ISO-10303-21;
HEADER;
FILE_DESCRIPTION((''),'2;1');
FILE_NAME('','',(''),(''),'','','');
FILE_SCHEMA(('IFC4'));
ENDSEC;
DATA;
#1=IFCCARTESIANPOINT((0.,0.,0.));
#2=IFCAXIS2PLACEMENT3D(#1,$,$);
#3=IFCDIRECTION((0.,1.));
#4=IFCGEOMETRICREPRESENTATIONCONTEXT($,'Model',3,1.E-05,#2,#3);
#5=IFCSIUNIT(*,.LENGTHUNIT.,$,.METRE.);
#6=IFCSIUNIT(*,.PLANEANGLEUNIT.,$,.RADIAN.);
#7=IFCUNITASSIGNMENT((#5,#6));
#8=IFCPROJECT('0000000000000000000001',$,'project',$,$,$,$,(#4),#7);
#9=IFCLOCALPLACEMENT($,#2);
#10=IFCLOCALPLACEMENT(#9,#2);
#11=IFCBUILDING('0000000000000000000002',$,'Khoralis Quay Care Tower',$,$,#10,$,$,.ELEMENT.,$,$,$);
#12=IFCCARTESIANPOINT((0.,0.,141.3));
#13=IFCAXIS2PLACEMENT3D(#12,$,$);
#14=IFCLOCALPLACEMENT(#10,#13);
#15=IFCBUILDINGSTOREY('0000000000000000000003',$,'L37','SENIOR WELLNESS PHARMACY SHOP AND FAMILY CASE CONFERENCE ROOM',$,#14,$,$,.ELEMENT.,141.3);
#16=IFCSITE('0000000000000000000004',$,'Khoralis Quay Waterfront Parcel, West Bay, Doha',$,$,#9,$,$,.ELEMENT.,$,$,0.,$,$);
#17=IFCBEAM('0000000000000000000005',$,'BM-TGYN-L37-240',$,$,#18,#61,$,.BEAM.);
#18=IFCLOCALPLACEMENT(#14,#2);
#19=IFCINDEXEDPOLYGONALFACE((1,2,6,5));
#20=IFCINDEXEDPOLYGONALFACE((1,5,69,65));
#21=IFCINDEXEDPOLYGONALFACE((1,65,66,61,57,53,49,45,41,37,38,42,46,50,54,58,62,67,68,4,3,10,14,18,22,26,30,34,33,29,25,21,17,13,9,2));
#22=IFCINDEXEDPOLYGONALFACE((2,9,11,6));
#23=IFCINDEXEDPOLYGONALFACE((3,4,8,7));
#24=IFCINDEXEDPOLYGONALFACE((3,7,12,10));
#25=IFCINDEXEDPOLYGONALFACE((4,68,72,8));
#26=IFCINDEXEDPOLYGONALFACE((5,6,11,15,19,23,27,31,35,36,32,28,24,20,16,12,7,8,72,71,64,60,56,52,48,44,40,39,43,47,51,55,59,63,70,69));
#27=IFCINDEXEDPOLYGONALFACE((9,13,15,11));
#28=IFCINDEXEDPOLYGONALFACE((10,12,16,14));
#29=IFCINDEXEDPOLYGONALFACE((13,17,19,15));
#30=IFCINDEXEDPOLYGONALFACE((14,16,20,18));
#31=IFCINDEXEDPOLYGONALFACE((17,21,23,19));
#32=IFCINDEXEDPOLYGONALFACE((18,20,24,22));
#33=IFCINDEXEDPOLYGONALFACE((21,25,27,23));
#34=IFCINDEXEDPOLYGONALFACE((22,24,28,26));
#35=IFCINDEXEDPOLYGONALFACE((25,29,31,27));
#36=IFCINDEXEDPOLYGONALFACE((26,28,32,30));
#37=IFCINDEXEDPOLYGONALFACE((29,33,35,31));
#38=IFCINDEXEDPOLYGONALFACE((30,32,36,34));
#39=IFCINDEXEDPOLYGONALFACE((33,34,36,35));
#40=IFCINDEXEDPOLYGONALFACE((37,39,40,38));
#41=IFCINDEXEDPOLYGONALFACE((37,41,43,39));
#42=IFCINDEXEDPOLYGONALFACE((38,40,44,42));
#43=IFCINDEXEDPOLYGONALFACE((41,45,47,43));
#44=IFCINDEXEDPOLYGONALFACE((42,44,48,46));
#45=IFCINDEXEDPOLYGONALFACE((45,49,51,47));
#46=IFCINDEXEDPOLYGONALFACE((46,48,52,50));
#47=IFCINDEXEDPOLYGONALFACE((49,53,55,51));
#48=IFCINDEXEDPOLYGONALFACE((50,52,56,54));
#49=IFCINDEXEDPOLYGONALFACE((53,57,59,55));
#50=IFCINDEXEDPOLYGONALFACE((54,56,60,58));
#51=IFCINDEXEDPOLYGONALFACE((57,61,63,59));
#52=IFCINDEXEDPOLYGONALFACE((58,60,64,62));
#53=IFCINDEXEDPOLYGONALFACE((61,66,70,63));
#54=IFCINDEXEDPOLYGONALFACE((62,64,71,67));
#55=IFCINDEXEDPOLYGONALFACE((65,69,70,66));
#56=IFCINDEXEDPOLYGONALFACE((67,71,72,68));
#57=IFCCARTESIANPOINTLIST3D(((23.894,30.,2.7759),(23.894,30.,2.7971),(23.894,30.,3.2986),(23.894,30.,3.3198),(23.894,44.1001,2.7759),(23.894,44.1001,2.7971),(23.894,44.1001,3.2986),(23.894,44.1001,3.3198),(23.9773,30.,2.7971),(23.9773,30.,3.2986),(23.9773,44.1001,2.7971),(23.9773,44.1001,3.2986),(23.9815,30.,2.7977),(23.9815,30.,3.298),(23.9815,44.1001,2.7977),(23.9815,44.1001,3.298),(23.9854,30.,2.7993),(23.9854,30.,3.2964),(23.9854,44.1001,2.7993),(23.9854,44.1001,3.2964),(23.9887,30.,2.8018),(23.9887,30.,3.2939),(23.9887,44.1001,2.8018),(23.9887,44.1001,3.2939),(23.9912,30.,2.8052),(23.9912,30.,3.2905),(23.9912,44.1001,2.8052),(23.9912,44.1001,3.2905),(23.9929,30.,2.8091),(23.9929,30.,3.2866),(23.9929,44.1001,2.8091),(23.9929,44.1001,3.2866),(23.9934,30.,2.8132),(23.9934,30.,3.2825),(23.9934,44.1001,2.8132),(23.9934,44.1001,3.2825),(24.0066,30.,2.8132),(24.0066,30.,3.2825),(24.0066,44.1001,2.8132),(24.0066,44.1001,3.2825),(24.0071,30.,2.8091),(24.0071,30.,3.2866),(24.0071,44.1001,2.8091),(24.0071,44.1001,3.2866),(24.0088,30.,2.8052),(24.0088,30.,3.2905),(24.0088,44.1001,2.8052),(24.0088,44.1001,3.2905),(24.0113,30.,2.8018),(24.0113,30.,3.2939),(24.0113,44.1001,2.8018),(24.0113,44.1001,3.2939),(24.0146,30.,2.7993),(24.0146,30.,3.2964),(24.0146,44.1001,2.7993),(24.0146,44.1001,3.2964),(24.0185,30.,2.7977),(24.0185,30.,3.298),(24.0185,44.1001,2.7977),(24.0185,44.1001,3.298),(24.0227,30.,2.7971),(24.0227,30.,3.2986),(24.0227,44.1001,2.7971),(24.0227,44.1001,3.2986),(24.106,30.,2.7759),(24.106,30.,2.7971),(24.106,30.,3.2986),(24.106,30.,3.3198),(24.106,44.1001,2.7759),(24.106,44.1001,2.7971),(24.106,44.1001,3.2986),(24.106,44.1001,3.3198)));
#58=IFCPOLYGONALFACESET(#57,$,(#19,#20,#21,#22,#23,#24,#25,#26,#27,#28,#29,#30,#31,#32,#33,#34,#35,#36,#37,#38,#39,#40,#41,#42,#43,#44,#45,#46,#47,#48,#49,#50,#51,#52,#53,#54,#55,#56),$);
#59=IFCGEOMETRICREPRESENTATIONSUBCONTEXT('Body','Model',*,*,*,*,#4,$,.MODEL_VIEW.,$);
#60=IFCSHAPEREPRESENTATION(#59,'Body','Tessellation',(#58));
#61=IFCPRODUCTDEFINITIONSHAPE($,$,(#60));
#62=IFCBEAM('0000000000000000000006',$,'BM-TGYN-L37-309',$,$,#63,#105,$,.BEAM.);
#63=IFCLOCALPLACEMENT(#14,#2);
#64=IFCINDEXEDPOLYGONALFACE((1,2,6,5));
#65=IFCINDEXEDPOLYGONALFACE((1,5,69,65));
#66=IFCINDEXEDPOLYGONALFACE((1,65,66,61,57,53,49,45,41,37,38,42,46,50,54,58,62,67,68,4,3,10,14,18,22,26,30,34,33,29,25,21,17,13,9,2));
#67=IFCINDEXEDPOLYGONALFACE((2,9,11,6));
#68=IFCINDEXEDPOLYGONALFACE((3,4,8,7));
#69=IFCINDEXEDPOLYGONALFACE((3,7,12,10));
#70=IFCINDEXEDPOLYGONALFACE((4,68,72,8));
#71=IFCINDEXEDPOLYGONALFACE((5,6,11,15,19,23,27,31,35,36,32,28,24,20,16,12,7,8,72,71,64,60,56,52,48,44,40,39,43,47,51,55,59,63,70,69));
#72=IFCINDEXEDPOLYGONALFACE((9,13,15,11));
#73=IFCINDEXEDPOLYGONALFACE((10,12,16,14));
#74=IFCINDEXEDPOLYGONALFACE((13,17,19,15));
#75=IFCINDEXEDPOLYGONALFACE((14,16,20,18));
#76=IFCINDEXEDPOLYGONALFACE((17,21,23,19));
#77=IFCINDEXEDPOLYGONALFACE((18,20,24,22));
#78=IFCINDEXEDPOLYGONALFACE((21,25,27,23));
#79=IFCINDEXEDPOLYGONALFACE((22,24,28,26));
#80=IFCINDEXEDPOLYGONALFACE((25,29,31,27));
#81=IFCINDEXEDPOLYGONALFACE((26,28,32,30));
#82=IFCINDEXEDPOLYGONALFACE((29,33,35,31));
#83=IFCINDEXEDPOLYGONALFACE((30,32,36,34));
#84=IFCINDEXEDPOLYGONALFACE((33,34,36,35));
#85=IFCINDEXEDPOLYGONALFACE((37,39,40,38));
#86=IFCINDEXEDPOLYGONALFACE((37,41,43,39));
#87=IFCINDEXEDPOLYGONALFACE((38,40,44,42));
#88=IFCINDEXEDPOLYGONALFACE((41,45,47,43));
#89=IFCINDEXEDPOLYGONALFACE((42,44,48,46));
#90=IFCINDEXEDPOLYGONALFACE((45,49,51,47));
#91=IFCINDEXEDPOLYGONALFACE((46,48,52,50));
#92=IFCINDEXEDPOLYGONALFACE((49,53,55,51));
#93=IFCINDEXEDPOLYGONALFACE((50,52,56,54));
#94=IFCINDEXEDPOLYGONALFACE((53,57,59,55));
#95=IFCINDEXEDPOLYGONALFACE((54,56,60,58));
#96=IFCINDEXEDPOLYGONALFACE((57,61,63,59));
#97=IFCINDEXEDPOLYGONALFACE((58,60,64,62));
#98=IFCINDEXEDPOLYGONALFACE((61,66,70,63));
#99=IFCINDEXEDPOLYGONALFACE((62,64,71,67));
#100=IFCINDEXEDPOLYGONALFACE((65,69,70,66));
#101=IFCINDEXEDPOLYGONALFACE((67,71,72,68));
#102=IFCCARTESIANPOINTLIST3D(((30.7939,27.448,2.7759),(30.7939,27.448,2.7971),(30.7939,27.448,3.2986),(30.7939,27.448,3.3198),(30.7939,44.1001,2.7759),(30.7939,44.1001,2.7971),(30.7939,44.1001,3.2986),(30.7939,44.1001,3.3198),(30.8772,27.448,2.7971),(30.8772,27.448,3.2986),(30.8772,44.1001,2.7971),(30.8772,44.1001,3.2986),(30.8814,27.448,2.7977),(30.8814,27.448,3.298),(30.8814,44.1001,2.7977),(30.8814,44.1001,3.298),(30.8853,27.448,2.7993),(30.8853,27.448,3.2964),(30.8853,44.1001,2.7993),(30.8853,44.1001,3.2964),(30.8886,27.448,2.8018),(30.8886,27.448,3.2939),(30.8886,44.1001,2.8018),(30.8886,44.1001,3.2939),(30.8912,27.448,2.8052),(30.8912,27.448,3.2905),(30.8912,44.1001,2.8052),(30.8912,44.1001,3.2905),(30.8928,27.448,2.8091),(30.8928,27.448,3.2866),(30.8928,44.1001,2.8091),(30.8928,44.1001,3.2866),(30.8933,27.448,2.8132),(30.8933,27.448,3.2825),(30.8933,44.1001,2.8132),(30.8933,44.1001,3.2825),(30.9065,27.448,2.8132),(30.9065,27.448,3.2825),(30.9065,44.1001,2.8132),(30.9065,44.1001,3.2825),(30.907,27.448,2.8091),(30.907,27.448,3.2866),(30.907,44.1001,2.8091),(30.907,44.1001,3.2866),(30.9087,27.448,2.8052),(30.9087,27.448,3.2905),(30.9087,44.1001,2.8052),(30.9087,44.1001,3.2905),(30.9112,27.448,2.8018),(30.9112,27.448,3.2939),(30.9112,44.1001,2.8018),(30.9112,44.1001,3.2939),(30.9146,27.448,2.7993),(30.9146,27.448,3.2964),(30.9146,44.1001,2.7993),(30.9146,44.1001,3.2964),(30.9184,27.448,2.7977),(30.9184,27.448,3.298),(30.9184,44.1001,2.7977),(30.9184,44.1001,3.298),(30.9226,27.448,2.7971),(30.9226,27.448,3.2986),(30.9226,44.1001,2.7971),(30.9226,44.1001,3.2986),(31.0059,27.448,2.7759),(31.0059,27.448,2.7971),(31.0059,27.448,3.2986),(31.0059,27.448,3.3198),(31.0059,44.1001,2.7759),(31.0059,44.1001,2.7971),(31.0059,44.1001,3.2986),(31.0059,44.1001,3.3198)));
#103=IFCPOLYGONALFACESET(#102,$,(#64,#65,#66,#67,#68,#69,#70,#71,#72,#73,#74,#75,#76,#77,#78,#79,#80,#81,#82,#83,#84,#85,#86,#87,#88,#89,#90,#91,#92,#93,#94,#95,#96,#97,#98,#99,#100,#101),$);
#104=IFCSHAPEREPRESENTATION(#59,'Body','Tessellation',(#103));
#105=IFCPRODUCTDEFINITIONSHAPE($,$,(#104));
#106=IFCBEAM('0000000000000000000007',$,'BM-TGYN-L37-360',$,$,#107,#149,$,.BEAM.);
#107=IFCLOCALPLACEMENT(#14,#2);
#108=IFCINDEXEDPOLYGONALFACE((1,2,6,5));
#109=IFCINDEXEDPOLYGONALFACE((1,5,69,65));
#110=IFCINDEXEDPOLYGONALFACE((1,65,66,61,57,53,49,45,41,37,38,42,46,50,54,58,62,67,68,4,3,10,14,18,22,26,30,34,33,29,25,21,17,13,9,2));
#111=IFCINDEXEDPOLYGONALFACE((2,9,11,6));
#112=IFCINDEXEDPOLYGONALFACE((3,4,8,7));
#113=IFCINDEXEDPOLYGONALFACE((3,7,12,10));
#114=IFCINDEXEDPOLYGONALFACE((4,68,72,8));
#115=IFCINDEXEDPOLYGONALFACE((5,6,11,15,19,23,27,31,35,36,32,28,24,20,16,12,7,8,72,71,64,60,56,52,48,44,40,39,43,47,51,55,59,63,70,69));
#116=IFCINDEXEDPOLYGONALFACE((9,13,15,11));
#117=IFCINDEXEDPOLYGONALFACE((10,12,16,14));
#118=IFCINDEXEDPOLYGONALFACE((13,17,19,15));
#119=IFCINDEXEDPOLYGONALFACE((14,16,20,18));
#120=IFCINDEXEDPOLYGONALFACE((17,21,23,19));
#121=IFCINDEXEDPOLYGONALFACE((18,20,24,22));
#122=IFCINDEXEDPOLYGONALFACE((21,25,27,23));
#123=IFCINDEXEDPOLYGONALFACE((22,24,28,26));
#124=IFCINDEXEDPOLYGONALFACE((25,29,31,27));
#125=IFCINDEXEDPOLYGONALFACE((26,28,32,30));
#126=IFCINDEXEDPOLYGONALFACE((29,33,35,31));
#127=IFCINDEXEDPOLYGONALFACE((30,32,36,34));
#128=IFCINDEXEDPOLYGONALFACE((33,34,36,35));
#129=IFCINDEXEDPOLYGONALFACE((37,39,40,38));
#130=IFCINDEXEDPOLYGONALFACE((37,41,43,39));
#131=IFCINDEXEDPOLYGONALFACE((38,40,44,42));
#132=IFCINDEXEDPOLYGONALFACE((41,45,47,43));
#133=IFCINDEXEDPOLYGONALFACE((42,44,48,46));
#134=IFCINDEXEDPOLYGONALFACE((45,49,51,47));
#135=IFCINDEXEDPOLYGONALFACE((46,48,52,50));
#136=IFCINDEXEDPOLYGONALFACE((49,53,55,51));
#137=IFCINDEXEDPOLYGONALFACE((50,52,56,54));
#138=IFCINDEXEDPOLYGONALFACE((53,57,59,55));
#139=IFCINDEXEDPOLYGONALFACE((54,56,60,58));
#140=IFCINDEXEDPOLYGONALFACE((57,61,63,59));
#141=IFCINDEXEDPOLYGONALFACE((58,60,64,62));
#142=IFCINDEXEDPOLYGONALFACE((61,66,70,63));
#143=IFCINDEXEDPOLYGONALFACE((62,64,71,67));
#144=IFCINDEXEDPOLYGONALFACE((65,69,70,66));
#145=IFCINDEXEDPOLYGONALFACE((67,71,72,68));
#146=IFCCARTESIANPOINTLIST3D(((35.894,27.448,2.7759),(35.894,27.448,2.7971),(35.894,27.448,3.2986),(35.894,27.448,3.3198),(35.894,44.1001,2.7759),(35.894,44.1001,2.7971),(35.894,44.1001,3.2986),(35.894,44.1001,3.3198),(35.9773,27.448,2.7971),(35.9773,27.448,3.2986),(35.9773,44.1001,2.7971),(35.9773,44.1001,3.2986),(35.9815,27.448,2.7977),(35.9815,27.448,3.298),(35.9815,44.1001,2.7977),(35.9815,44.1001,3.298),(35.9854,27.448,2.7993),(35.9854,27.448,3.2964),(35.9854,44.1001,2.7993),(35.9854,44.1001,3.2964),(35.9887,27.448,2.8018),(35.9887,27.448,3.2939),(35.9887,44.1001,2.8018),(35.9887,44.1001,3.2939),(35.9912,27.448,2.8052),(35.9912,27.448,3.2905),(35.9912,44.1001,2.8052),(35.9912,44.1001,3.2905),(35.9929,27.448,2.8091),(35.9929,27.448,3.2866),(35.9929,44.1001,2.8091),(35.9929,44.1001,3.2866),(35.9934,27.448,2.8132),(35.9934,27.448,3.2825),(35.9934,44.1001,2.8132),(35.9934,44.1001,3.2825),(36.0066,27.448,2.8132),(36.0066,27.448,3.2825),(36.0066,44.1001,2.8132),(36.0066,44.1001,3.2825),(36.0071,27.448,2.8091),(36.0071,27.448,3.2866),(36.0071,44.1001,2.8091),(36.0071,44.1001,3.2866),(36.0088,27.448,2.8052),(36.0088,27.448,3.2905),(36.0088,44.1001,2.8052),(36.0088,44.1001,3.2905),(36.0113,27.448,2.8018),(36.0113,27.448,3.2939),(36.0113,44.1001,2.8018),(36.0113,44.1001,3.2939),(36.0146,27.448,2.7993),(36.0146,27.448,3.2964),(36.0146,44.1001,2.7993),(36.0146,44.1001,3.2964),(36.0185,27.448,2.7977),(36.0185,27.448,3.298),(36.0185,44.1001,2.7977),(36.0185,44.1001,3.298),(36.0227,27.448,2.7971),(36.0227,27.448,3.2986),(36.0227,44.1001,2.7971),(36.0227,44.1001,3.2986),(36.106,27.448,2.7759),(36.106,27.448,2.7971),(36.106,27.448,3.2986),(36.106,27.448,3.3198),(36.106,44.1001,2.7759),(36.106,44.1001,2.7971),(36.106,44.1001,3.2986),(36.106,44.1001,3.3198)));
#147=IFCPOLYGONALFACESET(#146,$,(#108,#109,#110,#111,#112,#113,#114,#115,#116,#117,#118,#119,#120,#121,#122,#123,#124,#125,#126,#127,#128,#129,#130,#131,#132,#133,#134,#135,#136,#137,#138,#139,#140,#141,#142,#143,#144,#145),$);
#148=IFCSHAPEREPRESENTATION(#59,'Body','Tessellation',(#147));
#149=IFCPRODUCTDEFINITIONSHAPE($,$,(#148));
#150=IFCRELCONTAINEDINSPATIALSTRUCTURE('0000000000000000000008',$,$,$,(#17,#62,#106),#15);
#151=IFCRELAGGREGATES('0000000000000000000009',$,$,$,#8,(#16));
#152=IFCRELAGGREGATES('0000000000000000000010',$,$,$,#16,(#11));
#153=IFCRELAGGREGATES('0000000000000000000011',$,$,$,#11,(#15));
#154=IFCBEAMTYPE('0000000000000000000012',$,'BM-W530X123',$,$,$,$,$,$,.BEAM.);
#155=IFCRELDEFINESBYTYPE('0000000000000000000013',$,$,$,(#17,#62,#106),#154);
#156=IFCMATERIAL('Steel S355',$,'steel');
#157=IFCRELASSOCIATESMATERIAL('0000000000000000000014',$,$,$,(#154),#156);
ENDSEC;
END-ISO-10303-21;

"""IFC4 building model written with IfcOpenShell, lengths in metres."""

from ifc_helpers import new_model, si_unit, direction, frame, origin, origin_2d, place, context, subcontext, project, spatial, i_section, extrude, source, transform, mapped, material, material_profile, profile_set, type_object, element, save


model = new_model("IFC4")

# Units and contexts
model_context = context("Model", 3, precision=1e-05, world=origin(), true_north=direction((0.0, 1.0)))
body_context = subcontext(model_context, "Body", "Model", "MODEL_VIEW")
ifc_project = project(units=[si_unit("LENGTHUNIT", "METRE"), si_unit("PLANEANGLEUNIT", "RADIAN")], contexts=[model_context])

# Site, building, storey
site_placement = place(None, origin())
site = spatial("IfcSite", under=ifc_project, at=site_placement, Name="Khoralis Quay Waterfront Parcel, West Bay, Doha", CompositionType="ELEMENT", RefElevation=0.0)
building_placement = place(site_placement, origin())
building = spatial("IfcBuilding", under=site, at=building_placement, Name="Khoralis Quay Care Tower", CompositionType="ELEMENT")
storey_placement = place(building_placement, frame((0.0, 0.0, 141.3)))
storey = spatial("IfcBuildingStorey", under=building, at=storey_placement, Name="L37", Description="SENIOR WELLNESS PHARMACY SHOP AND FAMILY CASE CONFERENCE ROOM", CompositionType="ELEMENT", Elevation=141.3)

# Beams
ifc_material_1 = material(Name="Steel S355", Category="steel")
ifc_material_profile_1 = material_profile(ifc_material_1, i_section(OverallWidth=0.2119, OverallDepth=0.5439, WebThickness=0.0132, FlangeThickness=0.0212, FilletRadius=0.0161, at=origin_2d()), Name="Steel S355")
ifc_profile_set_1 = profile_set([ifc_material_profile_1], Name="Steel S355")
beam_type_1 = type_object("IfcBeamType", Name="BM-W530X123", PredefinedType="BEAM", material=ifc_profile_set_1)
shared_shape_1 = source(origin(), body_context, "Body", "SweptSolid", [
    extrude(i_section(OverallWidth=0.2119, OverallDepth=0.5439, WebThickness=0.0132, FlangeThickness=0.0212, FilletRadius=0.0161, at=origin_2d()), origin(), (0.0, 0.0, 1.0), 14.1001),
])
beam_1_placement = place(storey_placement, frame((24.0, 30.0, 3.0479), z_axis=(0.0, 1.0, 0.0), x_axis=(-1.0, 0.0, 0.0)))
element("IfcBeam", 1, at=beam_1_placement, inside=storey, type_object=beam_type_1, Name="BM-TGYN-L37-240", PredefinedType="BEAM", context=body_context, shape_type="MappedRepresentation", body=[
    mapped(shared_shape_1, transform((0.0, 0.0, 0.0), scale=1.0)),
])
shared_shape_2 = source(origin(), body_context, "Body", "SweptSolid", [
    extrude(i_section(OverallWidth=0.2119, OverallDepth=0.5439, WebThickness=0.0132, FlangeThickness=0.0212, FilletRadius=0.0161, at=origin_2d()), origin(), (0.0, 0.0, 1.0), 16.6521),
])
for number, where, z_axis, x_axis, name in (
    (2, (30.8999, 27.448, 3.0479), (0.0, 1.0, 0.0), (-1.0, 0.0, 0.0), "BM-TGYN-L37-309"),
    (3, (36.0, 27.448, 3.0479), (0.0, 1.0, 0.0), (-1.0, 0.0, 0.0), "BM-TGYN-L37-360"),
):
    element("IfcBeam", number, at=place(storey_placement, frame(where, z_axis=z_axis, x_axis=x_axis)), inside=storey, type_object=beam_type_1, Name=name, PredefinedType="BEAM", context=body_context, shape_type="MappedRepresentation", body=[
        mapped(shared_shape_2, transform((0.0, 0.0, 0.0), scale=1.0)),
    ])

save(model, "model.ifc")
